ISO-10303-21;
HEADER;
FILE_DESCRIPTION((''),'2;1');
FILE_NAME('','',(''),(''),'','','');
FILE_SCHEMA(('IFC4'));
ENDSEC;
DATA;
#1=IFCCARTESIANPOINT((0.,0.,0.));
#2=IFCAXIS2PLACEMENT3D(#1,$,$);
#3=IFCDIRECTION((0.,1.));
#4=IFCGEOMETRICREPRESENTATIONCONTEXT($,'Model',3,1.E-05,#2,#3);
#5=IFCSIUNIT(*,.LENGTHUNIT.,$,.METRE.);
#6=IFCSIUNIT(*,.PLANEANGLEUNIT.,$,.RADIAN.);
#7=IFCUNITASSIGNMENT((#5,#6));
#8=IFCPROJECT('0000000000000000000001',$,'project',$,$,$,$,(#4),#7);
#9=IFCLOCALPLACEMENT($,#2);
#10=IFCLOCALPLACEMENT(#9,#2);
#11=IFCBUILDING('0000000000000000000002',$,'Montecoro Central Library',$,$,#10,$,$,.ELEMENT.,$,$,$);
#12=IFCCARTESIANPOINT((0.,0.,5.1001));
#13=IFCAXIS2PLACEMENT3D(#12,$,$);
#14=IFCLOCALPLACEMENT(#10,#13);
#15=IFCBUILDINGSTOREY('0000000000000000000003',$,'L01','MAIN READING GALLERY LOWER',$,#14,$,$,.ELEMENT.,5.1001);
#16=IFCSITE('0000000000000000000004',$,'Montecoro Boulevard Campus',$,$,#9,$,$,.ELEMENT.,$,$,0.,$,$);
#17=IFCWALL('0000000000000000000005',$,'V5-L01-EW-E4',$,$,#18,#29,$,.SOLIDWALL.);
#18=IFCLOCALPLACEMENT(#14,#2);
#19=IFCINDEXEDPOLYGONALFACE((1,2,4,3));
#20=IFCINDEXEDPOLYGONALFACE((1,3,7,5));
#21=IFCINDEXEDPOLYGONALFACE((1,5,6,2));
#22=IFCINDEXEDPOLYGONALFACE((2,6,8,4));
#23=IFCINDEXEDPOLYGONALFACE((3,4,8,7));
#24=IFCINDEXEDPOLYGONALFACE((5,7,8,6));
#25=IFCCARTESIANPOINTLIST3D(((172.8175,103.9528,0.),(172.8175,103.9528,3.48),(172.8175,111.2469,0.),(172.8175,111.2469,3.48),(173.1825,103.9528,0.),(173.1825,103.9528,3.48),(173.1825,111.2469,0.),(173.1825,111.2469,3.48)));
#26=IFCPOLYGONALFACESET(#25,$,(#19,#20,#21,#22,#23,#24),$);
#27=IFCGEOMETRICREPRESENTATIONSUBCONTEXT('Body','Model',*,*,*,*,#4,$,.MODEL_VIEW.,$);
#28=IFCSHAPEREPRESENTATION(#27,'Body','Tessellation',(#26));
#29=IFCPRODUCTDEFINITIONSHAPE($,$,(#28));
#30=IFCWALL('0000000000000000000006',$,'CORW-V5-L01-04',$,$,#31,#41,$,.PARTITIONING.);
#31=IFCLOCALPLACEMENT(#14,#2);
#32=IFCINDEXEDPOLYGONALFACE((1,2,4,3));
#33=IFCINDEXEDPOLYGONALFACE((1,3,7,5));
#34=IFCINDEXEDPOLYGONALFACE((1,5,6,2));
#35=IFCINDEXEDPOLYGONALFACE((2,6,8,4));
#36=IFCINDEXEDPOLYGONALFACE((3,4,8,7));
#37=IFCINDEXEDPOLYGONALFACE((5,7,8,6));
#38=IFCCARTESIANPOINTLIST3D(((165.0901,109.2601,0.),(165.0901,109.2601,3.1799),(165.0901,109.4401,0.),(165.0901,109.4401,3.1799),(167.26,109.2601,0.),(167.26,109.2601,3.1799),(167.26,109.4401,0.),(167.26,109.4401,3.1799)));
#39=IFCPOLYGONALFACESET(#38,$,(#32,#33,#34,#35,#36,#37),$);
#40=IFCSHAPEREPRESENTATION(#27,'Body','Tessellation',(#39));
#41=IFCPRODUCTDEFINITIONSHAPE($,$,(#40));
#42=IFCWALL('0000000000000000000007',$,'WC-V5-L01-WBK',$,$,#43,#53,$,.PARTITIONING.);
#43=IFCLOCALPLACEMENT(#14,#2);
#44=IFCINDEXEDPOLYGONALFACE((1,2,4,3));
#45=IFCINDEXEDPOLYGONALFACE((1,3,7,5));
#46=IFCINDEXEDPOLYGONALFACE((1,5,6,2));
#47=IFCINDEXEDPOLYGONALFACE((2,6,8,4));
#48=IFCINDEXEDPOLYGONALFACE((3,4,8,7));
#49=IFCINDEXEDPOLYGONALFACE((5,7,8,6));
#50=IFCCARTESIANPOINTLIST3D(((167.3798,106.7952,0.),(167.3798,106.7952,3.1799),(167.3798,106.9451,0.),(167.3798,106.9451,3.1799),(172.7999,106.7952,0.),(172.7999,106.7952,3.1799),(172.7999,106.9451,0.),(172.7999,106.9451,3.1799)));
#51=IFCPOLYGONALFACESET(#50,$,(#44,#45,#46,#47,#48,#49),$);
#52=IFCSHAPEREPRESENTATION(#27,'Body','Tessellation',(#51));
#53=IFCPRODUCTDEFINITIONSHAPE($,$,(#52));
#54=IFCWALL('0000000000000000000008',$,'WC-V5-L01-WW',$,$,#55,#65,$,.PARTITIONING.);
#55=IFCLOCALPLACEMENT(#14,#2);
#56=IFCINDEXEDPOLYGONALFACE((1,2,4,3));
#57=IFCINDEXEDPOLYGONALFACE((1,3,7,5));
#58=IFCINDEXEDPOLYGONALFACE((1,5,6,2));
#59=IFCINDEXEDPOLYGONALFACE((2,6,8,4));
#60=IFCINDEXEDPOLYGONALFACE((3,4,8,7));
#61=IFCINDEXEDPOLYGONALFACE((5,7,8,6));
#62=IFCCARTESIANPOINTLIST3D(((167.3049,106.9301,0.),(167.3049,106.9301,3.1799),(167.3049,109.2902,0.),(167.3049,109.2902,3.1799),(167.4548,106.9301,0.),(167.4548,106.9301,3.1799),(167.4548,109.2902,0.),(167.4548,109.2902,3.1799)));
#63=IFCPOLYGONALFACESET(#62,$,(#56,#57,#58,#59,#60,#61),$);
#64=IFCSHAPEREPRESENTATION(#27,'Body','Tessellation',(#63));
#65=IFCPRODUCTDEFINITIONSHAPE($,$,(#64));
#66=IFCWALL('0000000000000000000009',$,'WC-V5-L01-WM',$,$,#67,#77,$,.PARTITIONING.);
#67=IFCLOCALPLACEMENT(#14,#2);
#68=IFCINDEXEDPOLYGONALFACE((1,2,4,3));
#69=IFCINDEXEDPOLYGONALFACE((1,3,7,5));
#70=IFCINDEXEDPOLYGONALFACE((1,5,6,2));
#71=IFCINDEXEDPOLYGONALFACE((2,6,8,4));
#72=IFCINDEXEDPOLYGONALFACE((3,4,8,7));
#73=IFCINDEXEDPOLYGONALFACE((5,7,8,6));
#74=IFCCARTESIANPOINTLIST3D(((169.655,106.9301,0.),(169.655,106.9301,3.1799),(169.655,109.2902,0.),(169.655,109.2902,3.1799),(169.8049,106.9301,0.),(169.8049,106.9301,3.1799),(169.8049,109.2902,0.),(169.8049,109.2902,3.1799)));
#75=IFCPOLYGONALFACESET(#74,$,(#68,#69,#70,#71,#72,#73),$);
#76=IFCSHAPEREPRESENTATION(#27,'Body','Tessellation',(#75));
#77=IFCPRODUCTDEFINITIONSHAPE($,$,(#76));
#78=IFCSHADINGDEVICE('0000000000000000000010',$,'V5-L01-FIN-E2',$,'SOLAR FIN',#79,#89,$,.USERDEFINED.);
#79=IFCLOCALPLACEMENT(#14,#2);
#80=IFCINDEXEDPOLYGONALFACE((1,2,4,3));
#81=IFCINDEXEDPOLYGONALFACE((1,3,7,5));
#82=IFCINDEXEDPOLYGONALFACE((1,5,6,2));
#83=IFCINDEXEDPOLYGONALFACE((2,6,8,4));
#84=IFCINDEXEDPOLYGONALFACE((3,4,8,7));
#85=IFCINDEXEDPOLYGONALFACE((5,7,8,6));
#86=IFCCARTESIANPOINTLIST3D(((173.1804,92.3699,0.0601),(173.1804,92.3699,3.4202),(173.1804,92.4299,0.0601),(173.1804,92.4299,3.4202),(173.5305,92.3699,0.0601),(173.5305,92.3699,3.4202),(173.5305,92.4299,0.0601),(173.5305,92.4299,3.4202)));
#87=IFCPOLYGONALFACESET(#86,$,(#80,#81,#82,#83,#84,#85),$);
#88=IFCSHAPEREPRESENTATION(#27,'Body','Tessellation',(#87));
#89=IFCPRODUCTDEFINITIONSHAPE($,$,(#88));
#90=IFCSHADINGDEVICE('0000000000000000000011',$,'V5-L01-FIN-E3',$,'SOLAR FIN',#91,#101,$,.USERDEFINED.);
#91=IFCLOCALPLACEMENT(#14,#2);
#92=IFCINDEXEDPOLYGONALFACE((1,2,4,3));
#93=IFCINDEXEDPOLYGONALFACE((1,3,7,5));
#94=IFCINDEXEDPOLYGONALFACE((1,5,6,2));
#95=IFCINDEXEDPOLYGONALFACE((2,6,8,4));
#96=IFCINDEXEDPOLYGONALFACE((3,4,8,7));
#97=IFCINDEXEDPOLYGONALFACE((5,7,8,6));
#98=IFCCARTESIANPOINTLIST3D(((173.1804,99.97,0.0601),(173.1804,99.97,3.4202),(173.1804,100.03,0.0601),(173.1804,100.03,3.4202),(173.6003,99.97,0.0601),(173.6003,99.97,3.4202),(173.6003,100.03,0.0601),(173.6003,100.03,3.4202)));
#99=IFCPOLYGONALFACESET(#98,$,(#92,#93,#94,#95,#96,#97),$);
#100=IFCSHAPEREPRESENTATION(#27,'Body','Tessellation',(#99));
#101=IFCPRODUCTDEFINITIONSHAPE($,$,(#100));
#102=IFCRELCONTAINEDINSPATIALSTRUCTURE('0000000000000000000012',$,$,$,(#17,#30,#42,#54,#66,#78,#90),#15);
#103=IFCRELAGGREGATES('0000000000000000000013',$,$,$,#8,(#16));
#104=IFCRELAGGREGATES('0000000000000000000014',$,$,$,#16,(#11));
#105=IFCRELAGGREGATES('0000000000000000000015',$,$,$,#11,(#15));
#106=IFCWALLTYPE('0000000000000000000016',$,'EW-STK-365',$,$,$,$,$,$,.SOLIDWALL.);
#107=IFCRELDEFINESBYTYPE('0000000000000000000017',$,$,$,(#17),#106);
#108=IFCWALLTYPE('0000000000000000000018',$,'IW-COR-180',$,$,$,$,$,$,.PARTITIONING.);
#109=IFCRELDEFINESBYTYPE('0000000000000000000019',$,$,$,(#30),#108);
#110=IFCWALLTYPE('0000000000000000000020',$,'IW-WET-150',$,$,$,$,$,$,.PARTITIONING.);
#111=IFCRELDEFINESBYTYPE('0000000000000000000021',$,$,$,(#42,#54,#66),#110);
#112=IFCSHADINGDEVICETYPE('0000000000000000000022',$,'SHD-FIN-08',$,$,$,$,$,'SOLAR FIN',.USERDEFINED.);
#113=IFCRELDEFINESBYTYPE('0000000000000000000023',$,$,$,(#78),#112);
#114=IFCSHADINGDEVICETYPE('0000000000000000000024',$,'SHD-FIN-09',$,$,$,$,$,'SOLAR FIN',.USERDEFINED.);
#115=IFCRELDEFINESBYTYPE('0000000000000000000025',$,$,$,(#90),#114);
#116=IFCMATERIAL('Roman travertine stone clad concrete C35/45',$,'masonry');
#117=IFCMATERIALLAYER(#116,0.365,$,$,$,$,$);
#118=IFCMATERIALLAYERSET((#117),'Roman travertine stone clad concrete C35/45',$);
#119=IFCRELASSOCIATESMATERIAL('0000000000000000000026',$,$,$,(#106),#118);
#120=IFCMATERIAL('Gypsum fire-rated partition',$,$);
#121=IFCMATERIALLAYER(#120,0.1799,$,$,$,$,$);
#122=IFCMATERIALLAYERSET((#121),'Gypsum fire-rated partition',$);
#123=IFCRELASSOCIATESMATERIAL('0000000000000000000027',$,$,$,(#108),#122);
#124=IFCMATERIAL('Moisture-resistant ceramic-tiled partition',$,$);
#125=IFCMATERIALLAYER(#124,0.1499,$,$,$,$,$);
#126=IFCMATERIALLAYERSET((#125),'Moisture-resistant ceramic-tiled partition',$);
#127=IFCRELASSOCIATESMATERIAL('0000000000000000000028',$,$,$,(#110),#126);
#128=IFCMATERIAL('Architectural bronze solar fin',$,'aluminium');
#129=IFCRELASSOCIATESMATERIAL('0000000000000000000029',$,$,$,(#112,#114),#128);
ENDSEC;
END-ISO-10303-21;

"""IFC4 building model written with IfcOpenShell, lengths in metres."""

from ifc_helpers import new_model, si_unit, direction, frame, frame_2d, origin, origin_2d, place, context, subcontext, project, spatial, rectangle, extrude, material, layer, layer_set, type_object, element, save


model = new_model("IFC4")

# Units and contexts
model_context = context("Model", 3, precision=1e-05, world=origin(), true_north=direction((0.0, 1.0)))
body_context = subcontext(model_context, "Body", "Model", "MODEL_VIEW")
ifc_project = project(units=[si_unit("LENGTHUNIT", "METRE"), si_unit("PLANEANGLEUNIT", "RADIAN")], contexts=[model_context])

# Site, building, storey
site_placement = place(None, origin())
site = spatial("IfcSite", under=ifc_project, at=site_placement, Name="Montecoro Boulevard Campus", CompositionType="ELEMENT", RefElevation=0.0)
building_placement = place(site_placement, origin())
building = spatial("IfcBuilding", under=site, at=building_placement, Name="Montecoro Central Library", CompositionType="ELEMENT")
storey_placement = place(building_placement, frame((0.0, 0.0, 5.1001)))
storey = spatial("IfcBuildingStorey", under=building, at=storey_placement, Name="L01", Description="MAIN READING GALLERY LOWER", CompositionType="ELEMENT", Elevation=5.1001)

# Shared definitions
ifc_material_1 = material(Name="Roman travertine stone clad concrete C35/45", Category="masonry")
ifc_layer_1 = layer(ifc_material_1, 0.365)
ifc_layer_set_1 = layer_set([ifc_layer_1], Name="Roman travertine stone clad concrete C35/45")
wall_type_1 = type_object("IfcWallType", Name="EW-STK-365", PredefinedType="SOLIDWALL", material=ifc_layer_set_1)

# Walls
wall_1_placement = place(storey_placement, frame((173.0, 103.9529, 0.0), z_axis=(0.0, 0.0, 1.0), x_axis=(0.0, 1.0, 0.0)))
element("IfcWall", 1, at=wall_1_placement, inside=storey, type_object=wall_type_1, Name="V5-L01-EW-E4", PredefinedType="SOLIDWALL", context=body_context, shape_type="SweptSolid", body=[
    extrude(rectangle(XDim=7.2942, YDim=0.365, at=frame_2d((3.647, 0.0))), origin(), (0.0, 0.0, 1.0), 3.48),
])
ifc_material_2 = material(Name="Gypsum fire-rated partition")
ifc_layer_2 = layer(ifc_material_2, 0.1799)
ifc_layer_set_2 = layer_set([ifc_layer_2], Name="Gypsum fire-rated partition")
wall_type_2 = type_object("IfcWallType", Name="IW-COR-180", PredefinedType="PARTITIONING", material=ifc_layer_set_2)
wall_2_placement = place(storey_placement, frame((165.0901, 109.3501, 0.0), z_axis=(0.0, 0.0, 1.0), x_axis=(1.0, 0.0, 0.0)))
element("IfcWall", 2, at=wall_2_placement, inside=storey, type_object=wall_type_2, Name="CORW-V5-L01-04", PredefinedType="PARTITIONING", context=body_context, shape_type="SweptSolid", body=[
    extrude(rectangle(XDim=2.1699, YDim=0.1799, at=frame_2d((1.085, 0.0))), origin(), (0.0, 0.0, 1.0), 3.1799),
])
ifc_material_3 = material(Name="Moisture-resistant ceramic-tiled partition")
ifc_layer_3 = layer(ifc_material_3, 0.1499)
ifc_layer_set_3 = layer_set([ifc_layer_3], Name="Moisture-resistant ceramic-tiled partition")
wall_type_3 = type_object("IfcWallType", Name="IW-WET-150", PredefinedType="PARTITIONING", material=ifc_layer_set_3)
wall_3_placement = place(storey_placement, frame((167.3799, 106.8701, 0.0), z_axis=(0.0, 0.0, 1.0), x_axis=(1.0, 0.0, 0.0)))
element("IfcWall", 3, at=wall_3_placement, inside=storey, type_object=wall_type_3, Name="WC-V5-L01-WBK", PredefinedType="PARTITIONING", context=body_context, shape_type="SweptSolid", body=[
    extrude(rectangle(XDim=5.4202, YDim=0.1499, at=frame_2d((2.71, 0.0))), origin(), (0.0, 0.0, 1.0), 3.1799),
])
for number, where, z_axis, x_axis, name in (
    (4, (167.3799, 106.9299, 0.0), (0.0, 0.0, 1.0), (0.0, 1.0, 0.0), "WC-V5-L01-WW"),
    (5, (169.73, 106.9299, 0.0), (0.0, 0.0, 1.0), (0.0, 1.0, 0.0), "WC-V5-L01-WM"),
):
    element("IfcWall", number, at=place(storey_placement, frame(where, z_axis=z_axis, x_axis=x_axis)), inside=storey, type_object=wall_type_3, Name=name, PredefinedType="PARTITIONING", context=body_context, shape_type="SweptSolid", body=[
        extrude(rectangle(XDim=2.3601, YDim=0.1499, at=frame_2d((1.1802, 0.0))), origin(), (0.0, 0.0, 1.0), 3.1799),
    ])

# Shading devices
ifc_material_4 = material(Name="Architectural bronze solar fin", Category="aluminium")
shading_device_type_1 = type_object("IfcShadingDeviceType", Name="SHD-FIN-08", ElementType="SOLAR FIN", PredefinedType="USERDEFINED", material=ifc_material_4)
shading_device_1_placement = place(storey_placement, frame((173.3555, 92.3999, 0.0601), z_axis=(0.0, 0.0, 1.0), x_axis=(0.0, 1.0, 0.0)))
element("IfcShadingDevice", 6, at=shading_device_1_placement, inside=storey, type_object=shading_device_type_1, Name="V5-L01-FIN-E2", ObjectType="SOLAR FIN", PredefinedType="USERDEFINED", context=body_context, shape_type="SweptSolid", body=[
    extrude(rectangle(XDim=0.0601, YDim=0.3501, at=origin_2d()), origin(), (0.0, 0.0, 1.0), 3.3601),
])
shading_device_type_2 = type_object("IfcShadingDeviceType", Name="SHD-FIN-09", ElementType="SOLAR FIN", PredefinedType="USERDEFINED", material=ifc_material_4)
shading_device_2_placement = place(storey_placement, frame((173.3904, 100.0, 0.0601), z_axis=(0.0, 0.0, 1.0), x_axis=(0.0, 1.0, 0.0)))
element("IfcShadingDevice", 7, at=shading_device_2_placement, inside=storey, type_object=shading_device_type_2, Name="V5-L01-FIN-E3", ObjectType="SOLAR FIN", PredefinedType="USERDEFINED", context=body_context, shape_type="SweptSolid", body=[
    extrude(rectangle(XDim=0.0601, YDim=0.4199, at=origin_2d()), origin(), (0.0, 0.0, 1.0), 3.3601),
])

save(model, "model.ifc")
